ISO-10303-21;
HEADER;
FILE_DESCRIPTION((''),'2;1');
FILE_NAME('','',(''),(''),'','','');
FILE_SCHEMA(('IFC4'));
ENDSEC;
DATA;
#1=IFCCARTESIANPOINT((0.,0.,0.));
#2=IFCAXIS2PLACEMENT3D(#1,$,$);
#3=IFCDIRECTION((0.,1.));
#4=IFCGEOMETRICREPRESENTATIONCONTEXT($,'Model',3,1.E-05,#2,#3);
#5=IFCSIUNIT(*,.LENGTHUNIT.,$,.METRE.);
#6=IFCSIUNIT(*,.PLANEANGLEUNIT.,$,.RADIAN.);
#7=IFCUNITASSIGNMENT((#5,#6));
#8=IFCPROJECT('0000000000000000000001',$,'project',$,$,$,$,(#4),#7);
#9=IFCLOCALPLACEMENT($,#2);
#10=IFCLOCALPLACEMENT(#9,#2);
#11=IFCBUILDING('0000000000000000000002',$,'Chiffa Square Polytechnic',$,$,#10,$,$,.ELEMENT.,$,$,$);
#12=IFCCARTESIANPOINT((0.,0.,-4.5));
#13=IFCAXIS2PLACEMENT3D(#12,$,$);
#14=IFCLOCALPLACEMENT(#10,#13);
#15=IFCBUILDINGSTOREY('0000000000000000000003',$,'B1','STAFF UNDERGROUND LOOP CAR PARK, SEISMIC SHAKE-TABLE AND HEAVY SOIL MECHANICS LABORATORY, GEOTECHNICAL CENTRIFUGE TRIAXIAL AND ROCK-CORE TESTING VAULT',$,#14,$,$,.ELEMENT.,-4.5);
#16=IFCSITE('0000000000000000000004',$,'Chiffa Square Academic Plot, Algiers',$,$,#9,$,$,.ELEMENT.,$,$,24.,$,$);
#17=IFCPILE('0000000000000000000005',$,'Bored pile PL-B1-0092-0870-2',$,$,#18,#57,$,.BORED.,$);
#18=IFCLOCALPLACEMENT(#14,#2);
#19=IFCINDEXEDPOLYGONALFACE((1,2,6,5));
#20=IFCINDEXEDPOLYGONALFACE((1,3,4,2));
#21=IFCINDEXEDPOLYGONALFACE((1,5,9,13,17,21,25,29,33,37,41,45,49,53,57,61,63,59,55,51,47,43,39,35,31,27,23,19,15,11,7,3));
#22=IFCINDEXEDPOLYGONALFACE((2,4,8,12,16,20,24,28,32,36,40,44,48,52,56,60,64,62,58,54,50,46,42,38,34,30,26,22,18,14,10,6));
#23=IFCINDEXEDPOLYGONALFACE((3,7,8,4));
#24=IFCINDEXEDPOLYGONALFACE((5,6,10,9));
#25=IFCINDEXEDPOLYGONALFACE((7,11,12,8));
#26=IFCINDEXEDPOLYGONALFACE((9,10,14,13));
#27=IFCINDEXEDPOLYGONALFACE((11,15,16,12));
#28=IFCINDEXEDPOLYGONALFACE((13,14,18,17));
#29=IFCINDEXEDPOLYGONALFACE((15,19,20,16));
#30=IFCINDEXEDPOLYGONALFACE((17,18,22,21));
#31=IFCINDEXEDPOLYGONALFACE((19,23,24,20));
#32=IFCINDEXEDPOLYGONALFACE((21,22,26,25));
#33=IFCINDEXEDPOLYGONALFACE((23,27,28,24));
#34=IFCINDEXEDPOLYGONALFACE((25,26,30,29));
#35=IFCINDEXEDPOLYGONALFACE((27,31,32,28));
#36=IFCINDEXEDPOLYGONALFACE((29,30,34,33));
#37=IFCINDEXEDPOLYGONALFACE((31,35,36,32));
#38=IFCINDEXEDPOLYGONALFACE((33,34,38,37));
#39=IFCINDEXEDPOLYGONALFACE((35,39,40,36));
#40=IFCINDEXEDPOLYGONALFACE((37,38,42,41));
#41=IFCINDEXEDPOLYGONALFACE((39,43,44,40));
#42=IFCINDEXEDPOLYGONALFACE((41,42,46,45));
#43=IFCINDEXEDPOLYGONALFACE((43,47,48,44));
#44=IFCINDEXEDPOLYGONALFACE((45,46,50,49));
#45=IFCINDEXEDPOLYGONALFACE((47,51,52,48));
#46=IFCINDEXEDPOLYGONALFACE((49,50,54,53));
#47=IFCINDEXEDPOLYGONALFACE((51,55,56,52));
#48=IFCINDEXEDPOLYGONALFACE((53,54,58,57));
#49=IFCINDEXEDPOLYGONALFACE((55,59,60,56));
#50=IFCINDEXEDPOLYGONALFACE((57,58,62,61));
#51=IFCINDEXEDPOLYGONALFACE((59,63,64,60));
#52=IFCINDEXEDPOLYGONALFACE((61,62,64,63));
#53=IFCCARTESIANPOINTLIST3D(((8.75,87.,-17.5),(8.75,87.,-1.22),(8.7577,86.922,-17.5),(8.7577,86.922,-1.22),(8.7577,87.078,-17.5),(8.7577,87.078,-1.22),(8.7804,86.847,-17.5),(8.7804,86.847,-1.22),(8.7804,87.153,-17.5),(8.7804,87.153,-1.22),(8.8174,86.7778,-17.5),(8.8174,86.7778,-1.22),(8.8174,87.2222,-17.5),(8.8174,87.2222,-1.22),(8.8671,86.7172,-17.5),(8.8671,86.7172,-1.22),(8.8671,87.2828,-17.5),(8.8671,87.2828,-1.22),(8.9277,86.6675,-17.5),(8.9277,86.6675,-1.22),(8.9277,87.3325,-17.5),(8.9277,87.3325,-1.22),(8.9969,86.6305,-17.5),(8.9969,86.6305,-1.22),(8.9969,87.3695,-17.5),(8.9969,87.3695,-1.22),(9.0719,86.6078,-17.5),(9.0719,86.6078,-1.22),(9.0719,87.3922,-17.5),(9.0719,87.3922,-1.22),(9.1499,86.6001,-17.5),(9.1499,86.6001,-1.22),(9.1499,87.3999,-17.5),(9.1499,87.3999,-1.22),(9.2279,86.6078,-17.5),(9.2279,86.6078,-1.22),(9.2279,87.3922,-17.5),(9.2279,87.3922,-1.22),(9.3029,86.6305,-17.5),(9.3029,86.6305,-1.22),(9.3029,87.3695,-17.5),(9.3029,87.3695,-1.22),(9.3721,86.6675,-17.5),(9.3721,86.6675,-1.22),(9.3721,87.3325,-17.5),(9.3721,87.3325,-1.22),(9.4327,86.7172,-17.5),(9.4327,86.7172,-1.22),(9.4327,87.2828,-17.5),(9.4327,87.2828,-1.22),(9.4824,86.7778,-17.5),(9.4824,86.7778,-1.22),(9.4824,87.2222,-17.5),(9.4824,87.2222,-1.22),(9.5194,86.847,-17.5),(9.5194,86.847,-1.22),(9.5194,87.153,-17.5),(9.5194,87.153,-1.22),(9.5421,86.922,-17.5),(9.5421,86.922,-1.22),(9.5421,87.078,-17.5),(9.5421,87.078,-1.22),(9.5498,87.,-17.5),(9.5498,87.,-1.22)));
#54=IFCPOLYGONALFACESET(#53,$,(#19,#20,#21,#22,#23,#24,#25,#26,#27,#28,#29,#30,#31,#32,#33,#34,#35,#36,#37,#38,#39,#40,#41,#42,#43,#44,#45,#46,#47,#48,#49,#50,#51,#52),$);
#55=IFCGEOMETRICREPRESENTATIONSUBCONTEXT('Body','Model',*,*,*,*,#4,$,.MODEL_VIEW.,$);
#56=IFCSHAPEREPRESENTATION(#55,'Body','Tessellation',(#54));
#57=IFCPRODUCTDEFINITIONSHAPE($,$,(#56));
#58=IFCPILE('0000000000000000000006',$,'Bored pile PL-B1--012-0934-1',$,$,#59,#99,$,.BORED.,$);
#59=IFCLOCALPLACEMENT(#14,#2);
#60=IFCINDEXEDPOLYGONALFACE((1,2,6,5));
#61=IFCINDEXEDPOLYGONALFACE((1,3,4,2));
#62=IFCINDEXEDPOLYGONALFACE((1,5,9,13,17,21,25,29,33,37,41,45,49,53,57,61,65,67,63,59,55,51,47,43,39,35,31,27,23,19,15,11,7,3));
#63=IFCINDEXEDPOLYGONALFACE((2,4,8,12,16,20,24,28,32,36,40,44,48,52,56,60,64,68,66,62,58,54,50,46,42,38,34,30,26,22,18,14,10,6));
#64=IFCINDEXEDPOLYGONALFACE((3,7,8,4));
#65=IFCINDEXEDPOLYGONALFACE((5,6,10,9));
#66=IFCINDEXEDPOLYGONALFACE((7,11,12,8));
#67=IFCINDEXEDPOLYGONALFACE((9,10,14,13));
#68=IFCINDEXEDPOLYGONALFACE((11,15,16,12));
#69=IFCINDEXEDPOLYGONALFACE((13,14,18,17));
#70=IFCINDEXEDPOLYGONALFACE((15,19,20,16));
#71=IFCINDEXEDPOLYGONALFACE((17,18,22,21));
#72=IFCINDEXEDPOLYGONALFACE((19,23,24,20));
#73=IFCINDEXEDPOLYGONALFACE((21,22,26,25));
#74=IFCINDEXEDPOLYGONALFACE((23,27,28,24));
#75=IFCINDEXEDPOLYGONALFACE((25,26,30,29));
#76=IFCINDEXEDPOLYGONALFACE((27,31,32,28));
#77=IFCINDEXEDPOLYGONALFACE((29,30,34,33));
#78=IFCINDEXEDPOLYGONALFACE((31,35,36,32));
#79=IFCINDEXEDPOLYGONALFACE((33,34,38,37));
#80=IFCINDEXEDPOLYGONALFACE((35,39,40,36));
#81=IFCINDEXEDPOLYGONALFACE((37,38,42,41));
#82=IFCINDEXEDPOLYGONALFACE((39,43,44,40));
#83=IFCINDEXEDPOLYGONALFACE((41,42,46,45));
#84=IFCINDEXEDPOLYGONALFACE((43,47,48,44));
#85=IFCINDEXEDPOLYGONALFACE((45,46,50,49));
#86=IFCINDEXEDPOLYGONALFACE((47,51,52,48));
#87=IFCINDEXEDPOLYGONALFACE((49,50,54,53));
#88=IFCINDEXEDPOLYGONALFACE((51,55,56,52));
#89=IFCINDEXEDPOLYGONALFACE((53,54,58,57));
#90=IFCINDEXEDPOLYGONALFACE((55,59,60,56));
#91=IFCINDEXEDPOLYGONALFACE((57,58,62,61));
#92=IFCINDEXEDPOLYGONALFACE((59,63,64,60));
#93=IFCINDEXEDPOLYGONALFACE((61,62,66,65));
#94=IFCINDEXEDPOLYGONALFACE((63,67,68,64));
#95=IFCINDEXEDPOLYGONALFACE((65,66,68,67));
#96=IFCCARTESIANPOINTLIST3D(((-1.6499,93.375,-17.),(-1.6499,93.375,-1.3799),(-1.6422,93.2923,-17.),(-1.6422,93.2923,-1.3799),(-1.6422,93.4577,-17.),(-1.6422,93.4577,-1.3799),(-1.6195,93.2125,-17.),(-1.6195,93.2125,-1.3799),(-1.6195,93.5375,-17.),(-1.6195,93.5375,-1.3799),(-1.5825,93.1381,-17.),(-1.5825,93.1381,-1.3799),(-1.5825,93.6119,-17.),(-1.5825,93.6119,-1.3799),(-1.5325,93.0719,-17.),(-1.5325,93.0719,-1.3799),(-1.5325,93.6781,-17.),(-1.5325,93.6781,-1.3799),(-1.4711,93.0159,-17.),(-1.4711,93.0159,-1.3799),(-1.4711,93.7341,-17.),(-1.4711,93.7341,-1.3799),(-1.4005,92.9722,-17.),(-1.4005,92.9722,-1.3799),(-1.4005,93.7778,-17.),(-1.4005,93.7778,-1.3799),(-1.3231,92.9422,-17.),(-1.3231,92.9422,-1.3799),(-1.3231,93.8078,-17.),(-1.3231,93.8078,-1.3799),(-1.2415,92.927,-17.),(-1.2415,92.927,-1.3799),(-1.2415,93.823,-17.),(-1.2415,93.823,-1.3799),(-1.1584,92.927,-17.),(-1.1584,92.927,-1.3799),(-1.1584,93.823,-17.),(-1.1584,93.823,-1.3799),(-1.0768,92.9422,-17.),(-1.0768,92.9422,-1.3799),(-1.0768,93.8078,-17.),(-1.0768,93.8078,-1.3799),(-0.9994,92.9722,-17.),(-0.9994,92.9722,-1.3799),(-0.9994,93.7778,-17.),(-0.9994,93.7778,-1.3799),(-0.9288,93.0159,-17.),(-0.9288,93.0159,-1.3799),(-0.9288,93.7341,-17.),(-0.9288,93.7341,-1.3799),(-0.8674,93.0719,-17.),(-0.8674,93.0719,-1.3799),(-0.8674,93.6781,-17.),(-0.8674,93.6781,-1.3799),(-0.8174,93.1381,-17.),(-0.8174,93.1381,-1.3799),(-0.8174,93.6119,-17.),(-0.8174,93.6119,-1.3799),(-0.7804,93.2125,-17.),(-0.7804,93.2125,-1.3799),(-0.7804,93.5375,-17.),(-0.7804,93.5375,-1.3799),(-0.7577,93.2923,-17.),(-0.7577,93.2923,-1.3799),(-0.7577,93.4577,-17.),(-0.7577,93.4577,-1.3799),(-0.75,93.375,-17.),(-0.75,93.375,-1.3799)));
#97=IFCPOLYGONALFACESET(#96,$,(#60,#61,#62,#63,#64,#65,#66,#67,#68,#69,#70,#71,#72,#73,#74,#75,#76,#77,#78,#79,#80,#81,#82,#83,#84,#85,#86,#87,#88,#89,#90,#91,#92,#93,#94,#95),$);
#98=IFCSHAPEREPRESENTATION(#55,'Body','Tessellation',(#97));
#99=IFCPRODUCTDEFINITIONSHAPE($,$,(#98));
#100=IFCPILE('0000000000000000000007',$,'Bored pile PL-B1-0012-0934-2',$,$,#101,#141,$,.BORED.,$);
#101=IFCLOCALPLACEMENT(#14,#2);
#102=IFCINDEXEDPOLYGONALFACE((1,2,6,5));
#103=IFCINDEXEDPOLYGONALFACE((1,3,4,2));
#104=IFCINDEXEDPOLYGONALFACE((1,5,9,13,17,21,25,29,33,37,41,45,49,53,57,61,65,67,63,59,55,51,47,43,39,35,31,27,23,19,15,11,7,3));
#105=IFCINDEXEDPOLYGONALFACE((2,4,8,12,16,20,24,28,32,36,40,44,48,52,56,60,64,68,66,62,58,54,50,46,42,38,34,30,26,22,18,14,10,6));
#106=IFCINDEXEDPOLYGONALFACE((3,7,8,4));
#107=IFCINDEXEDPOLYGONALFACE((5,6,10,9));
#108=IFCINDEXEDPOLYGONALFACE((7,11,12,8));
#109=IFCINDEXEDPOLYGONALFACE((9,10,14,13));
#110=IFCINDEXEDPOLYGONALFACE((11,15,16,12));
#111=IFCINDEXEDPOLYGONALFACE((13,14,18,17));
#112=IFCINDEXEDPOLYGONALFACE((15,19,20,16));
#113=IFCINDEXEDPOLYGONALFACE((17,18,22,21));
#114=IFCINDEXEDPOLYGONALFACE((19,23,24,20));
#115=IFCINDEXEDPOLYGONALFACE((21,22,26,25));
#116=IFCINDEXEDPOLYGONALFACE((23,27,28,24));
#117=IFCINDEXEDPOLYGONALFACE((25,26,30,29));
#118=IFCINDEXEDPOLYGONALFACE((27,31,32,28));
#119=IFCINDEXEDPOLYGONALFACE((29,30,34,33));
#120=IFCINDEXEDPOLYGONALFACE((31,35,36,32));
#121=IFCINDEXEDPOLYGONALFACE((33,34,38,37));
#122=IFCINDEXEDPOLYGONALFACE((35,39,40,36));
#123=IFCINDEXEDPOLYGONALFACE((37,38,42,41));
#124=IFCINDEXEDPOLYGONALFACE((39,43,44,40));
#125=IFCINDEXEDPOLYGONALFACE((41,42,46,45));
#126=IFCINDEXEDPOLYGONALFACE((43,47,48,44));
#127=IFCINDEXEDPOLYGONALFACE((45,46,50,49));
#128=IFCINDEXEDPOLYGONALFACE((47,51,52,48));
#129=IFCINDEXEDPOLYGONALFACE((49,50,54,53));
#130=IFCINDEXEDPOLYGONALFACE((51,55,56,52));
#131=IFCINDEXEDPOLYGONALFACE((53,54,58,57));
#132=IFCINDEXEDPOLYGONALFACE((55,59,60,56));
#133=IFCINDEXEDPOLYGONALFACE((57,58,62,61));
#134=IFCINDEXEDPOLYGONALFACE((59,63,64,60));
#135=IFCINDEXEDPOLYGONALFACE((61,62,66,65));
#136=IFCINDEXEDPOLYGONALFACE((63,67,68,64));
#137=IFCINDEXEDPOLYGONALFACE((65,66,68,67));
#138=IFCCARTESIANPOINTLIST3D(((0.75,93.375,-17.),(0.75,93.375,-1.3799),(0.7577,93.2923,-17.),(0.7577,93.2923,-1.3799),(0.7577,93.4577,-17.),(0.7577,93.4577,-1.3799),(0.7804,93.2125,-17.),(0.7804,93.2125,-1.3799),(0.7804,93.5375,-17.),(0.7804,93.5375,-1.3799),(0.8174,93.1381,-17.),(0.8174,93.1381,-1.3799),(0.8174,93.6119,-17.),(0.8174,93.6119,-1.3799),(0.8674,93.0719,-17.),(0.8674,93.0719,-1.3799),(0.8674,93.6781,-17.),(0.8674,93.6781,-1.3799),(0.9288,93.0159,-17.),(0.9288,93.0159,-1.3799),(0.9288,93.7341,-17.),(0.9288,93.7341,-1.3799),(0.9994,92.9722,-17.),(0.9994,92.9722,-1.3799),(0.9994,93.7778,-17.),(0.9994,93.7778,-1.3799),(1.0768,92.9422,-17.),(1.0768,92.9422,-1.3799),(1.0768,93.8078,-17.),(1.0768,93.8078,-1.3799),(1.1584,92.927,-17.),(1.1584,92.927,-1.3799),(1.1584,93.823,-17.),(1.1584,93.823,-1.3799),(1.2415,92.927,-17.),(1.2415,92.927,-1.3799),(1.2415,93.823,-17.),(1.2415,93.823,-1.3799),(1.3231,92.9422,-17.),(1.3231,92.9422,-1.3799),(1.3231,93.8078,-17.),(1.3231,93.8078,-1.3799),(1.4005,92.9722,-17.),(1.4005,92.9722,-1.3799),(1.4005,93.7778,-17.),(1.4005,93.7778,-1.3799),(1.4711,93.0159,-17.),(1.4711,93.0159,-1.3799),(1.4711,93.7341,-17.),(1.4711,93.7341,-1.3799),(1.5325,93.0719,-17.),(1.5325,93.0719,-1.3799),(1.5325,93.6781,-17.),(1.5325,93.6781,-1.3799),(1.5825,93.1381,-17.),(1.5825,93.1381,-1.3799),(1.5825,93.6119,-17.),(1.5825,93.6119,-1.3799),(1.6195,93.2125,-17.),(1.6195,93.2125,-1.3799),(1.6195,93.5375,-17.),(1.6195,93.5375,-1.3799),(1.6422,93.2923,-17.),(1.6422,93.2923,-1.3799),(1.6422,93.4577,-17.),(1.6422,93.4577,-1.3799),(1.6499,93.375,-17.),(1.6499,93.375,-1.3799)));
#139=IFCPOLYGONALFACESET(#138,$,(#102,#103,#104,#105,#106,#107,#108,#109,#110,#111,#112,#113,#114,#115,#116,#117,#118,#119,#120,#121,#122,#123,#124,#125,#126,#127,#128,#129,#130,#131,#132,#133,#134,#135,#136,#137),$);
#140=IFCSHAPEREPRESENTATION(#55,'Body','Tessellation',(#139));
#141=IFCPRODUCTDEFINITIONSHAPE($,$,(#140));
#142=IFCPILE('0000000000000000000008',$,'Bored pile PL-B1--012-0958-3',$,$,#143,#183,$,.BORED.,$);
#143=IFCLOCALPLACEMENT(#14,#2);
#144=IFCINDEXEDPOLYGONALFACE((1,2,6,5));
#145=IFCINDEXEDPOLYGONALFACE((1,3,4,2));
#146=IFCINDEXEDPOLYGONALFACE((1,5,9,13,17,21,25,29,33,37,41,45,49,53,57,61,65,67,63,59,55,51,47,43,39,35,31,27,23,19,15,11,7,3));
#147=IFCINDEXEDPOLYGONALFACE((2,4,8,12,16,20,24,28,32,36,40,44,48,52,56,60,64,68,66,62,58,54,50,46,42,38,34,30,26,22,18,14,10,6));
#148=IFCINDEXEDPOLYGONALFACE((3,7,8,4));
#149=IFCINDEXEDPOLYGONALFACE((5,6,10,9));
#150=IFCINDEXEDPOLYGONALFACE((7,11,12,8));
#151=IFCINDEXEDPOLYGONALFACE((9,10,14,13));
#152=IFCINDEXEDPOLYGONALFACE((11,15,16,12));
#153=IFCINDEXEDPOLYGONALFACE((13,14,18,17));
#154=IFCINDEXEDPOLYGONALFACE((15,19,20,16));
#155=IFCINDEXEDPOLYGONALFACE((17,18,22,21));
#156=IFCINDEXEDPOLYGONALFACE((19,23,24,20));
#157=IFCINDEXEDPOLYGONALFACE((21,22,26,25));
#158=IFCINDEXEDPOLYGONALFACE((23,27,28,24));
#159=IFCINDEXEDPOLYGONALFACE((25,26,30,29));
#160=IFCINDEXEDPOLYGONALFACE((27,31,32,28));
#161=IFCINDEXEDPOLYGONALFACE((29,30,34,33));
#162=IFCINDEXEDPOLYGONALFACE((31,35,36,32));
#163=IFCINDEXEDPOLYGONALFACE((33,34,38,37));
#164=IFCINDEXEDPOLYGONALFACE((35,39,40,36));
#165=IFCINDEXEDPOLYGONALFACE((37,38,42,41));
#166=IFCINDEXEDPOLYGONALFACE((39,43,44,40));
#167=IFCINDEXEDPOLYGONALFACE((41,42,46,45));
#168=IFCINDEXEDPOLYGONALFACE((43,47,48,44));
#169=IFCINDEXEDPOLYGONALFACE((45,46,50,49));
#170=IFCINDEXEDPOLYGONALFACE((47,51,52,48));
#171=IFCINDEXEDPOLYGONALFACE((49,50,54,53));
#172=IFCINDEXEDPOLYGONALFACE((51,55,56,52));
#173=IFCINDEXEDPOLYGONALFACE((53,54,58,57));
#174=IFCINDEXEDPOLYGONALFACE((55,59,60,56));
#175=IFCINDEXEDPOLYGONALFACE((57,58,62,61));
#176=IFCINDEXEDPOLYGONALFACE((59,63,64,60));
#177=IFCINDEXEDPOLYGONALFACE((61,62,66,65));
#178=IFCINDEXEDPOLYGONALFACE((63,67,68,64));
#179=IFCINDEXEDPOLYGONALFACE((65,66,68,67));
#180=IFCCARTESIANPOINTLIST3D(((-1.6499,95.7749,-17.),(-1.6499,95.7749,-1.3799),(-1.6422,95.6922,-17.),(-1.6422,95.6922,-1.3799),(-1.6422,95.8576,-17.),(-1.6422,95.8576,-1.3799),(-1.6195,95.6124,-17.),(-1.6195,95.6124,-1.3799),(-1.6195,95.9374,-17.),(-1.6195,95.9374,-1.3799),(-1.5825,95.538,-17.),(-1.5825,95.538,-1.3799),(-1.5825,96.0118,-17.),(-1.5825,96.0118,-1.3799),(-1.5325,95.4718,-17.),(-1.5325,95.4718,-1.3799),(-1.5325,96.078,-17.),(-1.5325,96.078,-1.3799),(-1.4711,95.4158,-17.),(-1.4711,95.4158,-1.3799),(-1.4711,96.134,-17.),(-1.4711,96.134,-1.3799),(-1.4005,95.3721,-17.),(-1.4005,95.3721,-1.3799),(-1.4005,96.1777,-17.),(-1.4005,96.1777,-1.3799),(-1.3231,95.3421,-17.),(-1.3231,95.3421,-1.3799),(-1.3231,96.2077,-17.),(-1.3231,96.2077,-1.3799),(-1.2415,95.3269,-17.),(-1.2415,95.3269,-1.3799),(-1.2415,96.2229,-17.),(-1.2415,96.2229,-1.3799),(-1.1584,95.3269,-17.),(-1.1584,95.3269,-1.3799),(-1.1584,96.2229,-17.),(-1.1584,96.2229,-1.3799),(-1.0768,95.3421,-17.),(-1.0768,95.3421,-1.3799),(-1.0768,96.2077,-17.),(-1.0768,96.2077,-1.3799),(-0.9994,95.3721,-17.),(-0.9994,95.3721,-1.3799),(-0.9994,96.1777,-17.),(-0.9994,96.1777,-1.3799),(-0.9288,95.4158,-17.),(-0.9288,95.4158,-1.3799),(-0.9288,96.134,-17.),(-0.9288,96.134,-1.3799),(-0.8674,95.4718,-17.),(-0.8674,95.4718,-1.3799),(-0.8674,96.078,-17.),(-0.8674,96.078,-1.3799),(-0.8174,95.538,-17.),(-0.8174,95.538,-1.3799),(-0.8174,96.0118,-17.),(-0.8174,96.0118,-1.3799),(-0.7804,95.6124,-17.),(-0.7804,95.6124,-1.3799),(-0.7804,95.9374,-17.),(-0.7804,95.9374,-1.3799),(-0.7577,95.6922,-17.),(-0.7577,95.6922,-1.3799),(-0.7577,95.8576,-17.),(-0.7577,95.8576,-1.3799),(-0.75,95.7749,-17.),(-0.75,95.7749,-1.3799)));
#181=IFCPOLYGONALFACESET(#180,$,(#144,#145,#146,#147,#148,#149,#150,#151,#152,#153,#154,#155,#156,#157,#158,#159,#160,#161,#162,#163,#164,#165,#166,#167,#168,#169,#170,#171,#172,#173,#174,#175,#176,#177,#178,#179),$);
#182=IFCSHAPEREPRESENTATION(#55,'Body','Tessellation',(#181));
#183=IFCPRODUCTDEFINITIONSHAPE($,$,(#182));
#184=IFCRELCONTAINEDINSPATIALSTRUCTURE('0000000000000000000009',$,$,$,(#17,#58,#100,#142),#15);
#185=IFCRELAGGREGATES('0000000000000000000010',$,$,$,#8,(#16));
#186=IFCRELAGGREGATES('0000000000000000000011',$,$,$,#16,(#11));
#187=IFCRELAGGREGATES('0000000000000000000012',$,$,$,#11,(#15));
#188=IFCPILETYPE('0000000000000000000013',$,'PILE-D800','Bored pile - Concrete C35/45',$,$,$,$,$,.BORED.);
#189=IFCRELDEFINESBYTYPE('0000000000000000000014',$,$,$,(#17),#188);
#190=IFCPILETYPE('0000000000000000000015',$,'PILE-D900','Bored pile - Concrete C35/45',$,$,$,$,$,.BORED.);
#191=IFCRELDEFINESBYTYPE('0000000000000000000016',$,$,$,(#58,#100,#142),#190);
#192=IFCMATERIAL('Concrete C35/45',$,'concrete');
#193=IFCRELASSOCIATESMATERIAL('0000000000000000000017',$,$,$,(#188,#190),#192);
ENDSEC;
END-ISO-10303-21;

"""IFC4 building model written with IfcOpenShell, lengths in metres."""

from ifc_helpers import new_model, si_unit, direction, frame, origin, origin_2d, place, context, subcontext, project, spatial, circle, extrude, material, material_profile, profile_set, type_object, element, save


model = new_model("IFC4")

# Units and contexts
model_context = context("Model", 3, precision=1e-05, world=origin(), true_north=direction((0.0, 1.0)))
body_context = subcontext(model_context, "Body", "Model", "MODEL_VIEW")
ifc_project = project(units=[si_unit("LENGTHUNIT", "METRE"), si_unit("PLANEANGLEUNIT", "RADIAN")], contexts=[model_context])

# Site, building, storey
site_placement = place(None, origin())
site = spatial("IfcSite", under=ifc_project, at=site_placement, Name="Chiffa Square Academic Plot, Algiers", CompositionType="ELEMENT", RefElevation=24.0)
building_placement = place(site_placement, origin())
building = spatial("IfcBuilding", under=site, at=building_placement, Name="Chiffa Square Polytechnic", CompositionType="ELEMENT")
storey_placement = place(building_placement, frame((0.0, 0.0, -4.5)))
storey = spatial("IfcBuildingStorey", under=building, at=storey_placement, Name="B1", Description="STAFF UNDERGROUND LOOP CAR PARK, SEISMIC SHAKE-TABLE AND HEAVY SOIL MECHANICS LABORATORY, GEOTECHNICAL CENTRIFUGE TRIAXIAL AND ROCK-CORE TESTING VAULT", CompositionType="ELEMENT", Elevation=-4.5)

# Shared definitions
ifc_material_1 = material(Name="Concrete C35/45", Category="concrete")

# Piles
ifc_material_profile_1 = material_profile(ifc_material_1, circle(Radius=0.3999, at=origin_2d()), Name="PILE D800")
ifc_profile_set_1 = profile_set([ifc_material_profile_1], Name="Concrete C35/45")
pile_type_1 = type_object("IfcPileType", Name="PILE-D800", Description="Bored pile - Concrete C35/45", PredefinedType="BORED", material=ifc_profile_set_1)
for number, where, z_axis, x_axis, name in (
    (1, (9.1499, 87.0, -1.22), (0.0, 0.0, -1.0), (1.0, 0.0, 0.0), "Bored pile PL-B1-0092-0870-2"),
):
    element("IfcPile", number, at=place(storey_placement, frame(where, z_axis=z_axis, x_axis=x_axis)), inside=storey, type_object=pile_type_1, Name=name, PredefinedType="BORED", context=body_context, shape_type="SweptSolid", body=[
        extrude(circle(Radius=0.3999, at=origin_2d()), origin(), (0.0, 0.0, 1.0), 16.28),
    ])
ifc_material_profile_2 = material_profile(ifc_material_1, circle(Radius=0.45, at=origin_2d()), Name="PILE D900")
ifc_profile_set_2 = profile_set([ifc_material_profile_2], Name="Concrete C35/45")
pile_type_2 = type_object("IfcPileType", Name="PILE-D900", Description="Bored pile - Concrete C35/45", PredefinedType="BORED", material=ifc_profile_set_2)
for number, where, z_axis, x_axis, name in (
    (2, (-1.2, 93.375, -1.3799), (0.0, 0.0, -1.0), (1.0, 0.0, 0.0), "Bored pile PL-B1--012-0934-1"),
    (3, (1.2, 93.375, -1.3799), (0.0, 0.0, -1.0), (1.0, 0.0, 0.0), "Bored pile PL-B1-0012-0934-2"),
    (4, (-1.2, 95.7749, -1.3799), (0.0, 0.0, -1.0), (1.0, 0.0, 0.0), "Bored pile PL-B1--012-0958-3"),
):
    element("IfcPile", number, at=place(storey_placement, frame(where, z_axis=z_axis, x_axis=x_axis)), inside=storey, type_object=pile_type_2, Name=name, PredefinedType="BORED", context=body_context, shape_type="SweptSolid", body=[
        extrude(circle(Radius=0.45, at=origin_2d()), origin(), (0.0, 0.0, 1.0), 15.6201),
    ])

save(model, "model.ifc")
